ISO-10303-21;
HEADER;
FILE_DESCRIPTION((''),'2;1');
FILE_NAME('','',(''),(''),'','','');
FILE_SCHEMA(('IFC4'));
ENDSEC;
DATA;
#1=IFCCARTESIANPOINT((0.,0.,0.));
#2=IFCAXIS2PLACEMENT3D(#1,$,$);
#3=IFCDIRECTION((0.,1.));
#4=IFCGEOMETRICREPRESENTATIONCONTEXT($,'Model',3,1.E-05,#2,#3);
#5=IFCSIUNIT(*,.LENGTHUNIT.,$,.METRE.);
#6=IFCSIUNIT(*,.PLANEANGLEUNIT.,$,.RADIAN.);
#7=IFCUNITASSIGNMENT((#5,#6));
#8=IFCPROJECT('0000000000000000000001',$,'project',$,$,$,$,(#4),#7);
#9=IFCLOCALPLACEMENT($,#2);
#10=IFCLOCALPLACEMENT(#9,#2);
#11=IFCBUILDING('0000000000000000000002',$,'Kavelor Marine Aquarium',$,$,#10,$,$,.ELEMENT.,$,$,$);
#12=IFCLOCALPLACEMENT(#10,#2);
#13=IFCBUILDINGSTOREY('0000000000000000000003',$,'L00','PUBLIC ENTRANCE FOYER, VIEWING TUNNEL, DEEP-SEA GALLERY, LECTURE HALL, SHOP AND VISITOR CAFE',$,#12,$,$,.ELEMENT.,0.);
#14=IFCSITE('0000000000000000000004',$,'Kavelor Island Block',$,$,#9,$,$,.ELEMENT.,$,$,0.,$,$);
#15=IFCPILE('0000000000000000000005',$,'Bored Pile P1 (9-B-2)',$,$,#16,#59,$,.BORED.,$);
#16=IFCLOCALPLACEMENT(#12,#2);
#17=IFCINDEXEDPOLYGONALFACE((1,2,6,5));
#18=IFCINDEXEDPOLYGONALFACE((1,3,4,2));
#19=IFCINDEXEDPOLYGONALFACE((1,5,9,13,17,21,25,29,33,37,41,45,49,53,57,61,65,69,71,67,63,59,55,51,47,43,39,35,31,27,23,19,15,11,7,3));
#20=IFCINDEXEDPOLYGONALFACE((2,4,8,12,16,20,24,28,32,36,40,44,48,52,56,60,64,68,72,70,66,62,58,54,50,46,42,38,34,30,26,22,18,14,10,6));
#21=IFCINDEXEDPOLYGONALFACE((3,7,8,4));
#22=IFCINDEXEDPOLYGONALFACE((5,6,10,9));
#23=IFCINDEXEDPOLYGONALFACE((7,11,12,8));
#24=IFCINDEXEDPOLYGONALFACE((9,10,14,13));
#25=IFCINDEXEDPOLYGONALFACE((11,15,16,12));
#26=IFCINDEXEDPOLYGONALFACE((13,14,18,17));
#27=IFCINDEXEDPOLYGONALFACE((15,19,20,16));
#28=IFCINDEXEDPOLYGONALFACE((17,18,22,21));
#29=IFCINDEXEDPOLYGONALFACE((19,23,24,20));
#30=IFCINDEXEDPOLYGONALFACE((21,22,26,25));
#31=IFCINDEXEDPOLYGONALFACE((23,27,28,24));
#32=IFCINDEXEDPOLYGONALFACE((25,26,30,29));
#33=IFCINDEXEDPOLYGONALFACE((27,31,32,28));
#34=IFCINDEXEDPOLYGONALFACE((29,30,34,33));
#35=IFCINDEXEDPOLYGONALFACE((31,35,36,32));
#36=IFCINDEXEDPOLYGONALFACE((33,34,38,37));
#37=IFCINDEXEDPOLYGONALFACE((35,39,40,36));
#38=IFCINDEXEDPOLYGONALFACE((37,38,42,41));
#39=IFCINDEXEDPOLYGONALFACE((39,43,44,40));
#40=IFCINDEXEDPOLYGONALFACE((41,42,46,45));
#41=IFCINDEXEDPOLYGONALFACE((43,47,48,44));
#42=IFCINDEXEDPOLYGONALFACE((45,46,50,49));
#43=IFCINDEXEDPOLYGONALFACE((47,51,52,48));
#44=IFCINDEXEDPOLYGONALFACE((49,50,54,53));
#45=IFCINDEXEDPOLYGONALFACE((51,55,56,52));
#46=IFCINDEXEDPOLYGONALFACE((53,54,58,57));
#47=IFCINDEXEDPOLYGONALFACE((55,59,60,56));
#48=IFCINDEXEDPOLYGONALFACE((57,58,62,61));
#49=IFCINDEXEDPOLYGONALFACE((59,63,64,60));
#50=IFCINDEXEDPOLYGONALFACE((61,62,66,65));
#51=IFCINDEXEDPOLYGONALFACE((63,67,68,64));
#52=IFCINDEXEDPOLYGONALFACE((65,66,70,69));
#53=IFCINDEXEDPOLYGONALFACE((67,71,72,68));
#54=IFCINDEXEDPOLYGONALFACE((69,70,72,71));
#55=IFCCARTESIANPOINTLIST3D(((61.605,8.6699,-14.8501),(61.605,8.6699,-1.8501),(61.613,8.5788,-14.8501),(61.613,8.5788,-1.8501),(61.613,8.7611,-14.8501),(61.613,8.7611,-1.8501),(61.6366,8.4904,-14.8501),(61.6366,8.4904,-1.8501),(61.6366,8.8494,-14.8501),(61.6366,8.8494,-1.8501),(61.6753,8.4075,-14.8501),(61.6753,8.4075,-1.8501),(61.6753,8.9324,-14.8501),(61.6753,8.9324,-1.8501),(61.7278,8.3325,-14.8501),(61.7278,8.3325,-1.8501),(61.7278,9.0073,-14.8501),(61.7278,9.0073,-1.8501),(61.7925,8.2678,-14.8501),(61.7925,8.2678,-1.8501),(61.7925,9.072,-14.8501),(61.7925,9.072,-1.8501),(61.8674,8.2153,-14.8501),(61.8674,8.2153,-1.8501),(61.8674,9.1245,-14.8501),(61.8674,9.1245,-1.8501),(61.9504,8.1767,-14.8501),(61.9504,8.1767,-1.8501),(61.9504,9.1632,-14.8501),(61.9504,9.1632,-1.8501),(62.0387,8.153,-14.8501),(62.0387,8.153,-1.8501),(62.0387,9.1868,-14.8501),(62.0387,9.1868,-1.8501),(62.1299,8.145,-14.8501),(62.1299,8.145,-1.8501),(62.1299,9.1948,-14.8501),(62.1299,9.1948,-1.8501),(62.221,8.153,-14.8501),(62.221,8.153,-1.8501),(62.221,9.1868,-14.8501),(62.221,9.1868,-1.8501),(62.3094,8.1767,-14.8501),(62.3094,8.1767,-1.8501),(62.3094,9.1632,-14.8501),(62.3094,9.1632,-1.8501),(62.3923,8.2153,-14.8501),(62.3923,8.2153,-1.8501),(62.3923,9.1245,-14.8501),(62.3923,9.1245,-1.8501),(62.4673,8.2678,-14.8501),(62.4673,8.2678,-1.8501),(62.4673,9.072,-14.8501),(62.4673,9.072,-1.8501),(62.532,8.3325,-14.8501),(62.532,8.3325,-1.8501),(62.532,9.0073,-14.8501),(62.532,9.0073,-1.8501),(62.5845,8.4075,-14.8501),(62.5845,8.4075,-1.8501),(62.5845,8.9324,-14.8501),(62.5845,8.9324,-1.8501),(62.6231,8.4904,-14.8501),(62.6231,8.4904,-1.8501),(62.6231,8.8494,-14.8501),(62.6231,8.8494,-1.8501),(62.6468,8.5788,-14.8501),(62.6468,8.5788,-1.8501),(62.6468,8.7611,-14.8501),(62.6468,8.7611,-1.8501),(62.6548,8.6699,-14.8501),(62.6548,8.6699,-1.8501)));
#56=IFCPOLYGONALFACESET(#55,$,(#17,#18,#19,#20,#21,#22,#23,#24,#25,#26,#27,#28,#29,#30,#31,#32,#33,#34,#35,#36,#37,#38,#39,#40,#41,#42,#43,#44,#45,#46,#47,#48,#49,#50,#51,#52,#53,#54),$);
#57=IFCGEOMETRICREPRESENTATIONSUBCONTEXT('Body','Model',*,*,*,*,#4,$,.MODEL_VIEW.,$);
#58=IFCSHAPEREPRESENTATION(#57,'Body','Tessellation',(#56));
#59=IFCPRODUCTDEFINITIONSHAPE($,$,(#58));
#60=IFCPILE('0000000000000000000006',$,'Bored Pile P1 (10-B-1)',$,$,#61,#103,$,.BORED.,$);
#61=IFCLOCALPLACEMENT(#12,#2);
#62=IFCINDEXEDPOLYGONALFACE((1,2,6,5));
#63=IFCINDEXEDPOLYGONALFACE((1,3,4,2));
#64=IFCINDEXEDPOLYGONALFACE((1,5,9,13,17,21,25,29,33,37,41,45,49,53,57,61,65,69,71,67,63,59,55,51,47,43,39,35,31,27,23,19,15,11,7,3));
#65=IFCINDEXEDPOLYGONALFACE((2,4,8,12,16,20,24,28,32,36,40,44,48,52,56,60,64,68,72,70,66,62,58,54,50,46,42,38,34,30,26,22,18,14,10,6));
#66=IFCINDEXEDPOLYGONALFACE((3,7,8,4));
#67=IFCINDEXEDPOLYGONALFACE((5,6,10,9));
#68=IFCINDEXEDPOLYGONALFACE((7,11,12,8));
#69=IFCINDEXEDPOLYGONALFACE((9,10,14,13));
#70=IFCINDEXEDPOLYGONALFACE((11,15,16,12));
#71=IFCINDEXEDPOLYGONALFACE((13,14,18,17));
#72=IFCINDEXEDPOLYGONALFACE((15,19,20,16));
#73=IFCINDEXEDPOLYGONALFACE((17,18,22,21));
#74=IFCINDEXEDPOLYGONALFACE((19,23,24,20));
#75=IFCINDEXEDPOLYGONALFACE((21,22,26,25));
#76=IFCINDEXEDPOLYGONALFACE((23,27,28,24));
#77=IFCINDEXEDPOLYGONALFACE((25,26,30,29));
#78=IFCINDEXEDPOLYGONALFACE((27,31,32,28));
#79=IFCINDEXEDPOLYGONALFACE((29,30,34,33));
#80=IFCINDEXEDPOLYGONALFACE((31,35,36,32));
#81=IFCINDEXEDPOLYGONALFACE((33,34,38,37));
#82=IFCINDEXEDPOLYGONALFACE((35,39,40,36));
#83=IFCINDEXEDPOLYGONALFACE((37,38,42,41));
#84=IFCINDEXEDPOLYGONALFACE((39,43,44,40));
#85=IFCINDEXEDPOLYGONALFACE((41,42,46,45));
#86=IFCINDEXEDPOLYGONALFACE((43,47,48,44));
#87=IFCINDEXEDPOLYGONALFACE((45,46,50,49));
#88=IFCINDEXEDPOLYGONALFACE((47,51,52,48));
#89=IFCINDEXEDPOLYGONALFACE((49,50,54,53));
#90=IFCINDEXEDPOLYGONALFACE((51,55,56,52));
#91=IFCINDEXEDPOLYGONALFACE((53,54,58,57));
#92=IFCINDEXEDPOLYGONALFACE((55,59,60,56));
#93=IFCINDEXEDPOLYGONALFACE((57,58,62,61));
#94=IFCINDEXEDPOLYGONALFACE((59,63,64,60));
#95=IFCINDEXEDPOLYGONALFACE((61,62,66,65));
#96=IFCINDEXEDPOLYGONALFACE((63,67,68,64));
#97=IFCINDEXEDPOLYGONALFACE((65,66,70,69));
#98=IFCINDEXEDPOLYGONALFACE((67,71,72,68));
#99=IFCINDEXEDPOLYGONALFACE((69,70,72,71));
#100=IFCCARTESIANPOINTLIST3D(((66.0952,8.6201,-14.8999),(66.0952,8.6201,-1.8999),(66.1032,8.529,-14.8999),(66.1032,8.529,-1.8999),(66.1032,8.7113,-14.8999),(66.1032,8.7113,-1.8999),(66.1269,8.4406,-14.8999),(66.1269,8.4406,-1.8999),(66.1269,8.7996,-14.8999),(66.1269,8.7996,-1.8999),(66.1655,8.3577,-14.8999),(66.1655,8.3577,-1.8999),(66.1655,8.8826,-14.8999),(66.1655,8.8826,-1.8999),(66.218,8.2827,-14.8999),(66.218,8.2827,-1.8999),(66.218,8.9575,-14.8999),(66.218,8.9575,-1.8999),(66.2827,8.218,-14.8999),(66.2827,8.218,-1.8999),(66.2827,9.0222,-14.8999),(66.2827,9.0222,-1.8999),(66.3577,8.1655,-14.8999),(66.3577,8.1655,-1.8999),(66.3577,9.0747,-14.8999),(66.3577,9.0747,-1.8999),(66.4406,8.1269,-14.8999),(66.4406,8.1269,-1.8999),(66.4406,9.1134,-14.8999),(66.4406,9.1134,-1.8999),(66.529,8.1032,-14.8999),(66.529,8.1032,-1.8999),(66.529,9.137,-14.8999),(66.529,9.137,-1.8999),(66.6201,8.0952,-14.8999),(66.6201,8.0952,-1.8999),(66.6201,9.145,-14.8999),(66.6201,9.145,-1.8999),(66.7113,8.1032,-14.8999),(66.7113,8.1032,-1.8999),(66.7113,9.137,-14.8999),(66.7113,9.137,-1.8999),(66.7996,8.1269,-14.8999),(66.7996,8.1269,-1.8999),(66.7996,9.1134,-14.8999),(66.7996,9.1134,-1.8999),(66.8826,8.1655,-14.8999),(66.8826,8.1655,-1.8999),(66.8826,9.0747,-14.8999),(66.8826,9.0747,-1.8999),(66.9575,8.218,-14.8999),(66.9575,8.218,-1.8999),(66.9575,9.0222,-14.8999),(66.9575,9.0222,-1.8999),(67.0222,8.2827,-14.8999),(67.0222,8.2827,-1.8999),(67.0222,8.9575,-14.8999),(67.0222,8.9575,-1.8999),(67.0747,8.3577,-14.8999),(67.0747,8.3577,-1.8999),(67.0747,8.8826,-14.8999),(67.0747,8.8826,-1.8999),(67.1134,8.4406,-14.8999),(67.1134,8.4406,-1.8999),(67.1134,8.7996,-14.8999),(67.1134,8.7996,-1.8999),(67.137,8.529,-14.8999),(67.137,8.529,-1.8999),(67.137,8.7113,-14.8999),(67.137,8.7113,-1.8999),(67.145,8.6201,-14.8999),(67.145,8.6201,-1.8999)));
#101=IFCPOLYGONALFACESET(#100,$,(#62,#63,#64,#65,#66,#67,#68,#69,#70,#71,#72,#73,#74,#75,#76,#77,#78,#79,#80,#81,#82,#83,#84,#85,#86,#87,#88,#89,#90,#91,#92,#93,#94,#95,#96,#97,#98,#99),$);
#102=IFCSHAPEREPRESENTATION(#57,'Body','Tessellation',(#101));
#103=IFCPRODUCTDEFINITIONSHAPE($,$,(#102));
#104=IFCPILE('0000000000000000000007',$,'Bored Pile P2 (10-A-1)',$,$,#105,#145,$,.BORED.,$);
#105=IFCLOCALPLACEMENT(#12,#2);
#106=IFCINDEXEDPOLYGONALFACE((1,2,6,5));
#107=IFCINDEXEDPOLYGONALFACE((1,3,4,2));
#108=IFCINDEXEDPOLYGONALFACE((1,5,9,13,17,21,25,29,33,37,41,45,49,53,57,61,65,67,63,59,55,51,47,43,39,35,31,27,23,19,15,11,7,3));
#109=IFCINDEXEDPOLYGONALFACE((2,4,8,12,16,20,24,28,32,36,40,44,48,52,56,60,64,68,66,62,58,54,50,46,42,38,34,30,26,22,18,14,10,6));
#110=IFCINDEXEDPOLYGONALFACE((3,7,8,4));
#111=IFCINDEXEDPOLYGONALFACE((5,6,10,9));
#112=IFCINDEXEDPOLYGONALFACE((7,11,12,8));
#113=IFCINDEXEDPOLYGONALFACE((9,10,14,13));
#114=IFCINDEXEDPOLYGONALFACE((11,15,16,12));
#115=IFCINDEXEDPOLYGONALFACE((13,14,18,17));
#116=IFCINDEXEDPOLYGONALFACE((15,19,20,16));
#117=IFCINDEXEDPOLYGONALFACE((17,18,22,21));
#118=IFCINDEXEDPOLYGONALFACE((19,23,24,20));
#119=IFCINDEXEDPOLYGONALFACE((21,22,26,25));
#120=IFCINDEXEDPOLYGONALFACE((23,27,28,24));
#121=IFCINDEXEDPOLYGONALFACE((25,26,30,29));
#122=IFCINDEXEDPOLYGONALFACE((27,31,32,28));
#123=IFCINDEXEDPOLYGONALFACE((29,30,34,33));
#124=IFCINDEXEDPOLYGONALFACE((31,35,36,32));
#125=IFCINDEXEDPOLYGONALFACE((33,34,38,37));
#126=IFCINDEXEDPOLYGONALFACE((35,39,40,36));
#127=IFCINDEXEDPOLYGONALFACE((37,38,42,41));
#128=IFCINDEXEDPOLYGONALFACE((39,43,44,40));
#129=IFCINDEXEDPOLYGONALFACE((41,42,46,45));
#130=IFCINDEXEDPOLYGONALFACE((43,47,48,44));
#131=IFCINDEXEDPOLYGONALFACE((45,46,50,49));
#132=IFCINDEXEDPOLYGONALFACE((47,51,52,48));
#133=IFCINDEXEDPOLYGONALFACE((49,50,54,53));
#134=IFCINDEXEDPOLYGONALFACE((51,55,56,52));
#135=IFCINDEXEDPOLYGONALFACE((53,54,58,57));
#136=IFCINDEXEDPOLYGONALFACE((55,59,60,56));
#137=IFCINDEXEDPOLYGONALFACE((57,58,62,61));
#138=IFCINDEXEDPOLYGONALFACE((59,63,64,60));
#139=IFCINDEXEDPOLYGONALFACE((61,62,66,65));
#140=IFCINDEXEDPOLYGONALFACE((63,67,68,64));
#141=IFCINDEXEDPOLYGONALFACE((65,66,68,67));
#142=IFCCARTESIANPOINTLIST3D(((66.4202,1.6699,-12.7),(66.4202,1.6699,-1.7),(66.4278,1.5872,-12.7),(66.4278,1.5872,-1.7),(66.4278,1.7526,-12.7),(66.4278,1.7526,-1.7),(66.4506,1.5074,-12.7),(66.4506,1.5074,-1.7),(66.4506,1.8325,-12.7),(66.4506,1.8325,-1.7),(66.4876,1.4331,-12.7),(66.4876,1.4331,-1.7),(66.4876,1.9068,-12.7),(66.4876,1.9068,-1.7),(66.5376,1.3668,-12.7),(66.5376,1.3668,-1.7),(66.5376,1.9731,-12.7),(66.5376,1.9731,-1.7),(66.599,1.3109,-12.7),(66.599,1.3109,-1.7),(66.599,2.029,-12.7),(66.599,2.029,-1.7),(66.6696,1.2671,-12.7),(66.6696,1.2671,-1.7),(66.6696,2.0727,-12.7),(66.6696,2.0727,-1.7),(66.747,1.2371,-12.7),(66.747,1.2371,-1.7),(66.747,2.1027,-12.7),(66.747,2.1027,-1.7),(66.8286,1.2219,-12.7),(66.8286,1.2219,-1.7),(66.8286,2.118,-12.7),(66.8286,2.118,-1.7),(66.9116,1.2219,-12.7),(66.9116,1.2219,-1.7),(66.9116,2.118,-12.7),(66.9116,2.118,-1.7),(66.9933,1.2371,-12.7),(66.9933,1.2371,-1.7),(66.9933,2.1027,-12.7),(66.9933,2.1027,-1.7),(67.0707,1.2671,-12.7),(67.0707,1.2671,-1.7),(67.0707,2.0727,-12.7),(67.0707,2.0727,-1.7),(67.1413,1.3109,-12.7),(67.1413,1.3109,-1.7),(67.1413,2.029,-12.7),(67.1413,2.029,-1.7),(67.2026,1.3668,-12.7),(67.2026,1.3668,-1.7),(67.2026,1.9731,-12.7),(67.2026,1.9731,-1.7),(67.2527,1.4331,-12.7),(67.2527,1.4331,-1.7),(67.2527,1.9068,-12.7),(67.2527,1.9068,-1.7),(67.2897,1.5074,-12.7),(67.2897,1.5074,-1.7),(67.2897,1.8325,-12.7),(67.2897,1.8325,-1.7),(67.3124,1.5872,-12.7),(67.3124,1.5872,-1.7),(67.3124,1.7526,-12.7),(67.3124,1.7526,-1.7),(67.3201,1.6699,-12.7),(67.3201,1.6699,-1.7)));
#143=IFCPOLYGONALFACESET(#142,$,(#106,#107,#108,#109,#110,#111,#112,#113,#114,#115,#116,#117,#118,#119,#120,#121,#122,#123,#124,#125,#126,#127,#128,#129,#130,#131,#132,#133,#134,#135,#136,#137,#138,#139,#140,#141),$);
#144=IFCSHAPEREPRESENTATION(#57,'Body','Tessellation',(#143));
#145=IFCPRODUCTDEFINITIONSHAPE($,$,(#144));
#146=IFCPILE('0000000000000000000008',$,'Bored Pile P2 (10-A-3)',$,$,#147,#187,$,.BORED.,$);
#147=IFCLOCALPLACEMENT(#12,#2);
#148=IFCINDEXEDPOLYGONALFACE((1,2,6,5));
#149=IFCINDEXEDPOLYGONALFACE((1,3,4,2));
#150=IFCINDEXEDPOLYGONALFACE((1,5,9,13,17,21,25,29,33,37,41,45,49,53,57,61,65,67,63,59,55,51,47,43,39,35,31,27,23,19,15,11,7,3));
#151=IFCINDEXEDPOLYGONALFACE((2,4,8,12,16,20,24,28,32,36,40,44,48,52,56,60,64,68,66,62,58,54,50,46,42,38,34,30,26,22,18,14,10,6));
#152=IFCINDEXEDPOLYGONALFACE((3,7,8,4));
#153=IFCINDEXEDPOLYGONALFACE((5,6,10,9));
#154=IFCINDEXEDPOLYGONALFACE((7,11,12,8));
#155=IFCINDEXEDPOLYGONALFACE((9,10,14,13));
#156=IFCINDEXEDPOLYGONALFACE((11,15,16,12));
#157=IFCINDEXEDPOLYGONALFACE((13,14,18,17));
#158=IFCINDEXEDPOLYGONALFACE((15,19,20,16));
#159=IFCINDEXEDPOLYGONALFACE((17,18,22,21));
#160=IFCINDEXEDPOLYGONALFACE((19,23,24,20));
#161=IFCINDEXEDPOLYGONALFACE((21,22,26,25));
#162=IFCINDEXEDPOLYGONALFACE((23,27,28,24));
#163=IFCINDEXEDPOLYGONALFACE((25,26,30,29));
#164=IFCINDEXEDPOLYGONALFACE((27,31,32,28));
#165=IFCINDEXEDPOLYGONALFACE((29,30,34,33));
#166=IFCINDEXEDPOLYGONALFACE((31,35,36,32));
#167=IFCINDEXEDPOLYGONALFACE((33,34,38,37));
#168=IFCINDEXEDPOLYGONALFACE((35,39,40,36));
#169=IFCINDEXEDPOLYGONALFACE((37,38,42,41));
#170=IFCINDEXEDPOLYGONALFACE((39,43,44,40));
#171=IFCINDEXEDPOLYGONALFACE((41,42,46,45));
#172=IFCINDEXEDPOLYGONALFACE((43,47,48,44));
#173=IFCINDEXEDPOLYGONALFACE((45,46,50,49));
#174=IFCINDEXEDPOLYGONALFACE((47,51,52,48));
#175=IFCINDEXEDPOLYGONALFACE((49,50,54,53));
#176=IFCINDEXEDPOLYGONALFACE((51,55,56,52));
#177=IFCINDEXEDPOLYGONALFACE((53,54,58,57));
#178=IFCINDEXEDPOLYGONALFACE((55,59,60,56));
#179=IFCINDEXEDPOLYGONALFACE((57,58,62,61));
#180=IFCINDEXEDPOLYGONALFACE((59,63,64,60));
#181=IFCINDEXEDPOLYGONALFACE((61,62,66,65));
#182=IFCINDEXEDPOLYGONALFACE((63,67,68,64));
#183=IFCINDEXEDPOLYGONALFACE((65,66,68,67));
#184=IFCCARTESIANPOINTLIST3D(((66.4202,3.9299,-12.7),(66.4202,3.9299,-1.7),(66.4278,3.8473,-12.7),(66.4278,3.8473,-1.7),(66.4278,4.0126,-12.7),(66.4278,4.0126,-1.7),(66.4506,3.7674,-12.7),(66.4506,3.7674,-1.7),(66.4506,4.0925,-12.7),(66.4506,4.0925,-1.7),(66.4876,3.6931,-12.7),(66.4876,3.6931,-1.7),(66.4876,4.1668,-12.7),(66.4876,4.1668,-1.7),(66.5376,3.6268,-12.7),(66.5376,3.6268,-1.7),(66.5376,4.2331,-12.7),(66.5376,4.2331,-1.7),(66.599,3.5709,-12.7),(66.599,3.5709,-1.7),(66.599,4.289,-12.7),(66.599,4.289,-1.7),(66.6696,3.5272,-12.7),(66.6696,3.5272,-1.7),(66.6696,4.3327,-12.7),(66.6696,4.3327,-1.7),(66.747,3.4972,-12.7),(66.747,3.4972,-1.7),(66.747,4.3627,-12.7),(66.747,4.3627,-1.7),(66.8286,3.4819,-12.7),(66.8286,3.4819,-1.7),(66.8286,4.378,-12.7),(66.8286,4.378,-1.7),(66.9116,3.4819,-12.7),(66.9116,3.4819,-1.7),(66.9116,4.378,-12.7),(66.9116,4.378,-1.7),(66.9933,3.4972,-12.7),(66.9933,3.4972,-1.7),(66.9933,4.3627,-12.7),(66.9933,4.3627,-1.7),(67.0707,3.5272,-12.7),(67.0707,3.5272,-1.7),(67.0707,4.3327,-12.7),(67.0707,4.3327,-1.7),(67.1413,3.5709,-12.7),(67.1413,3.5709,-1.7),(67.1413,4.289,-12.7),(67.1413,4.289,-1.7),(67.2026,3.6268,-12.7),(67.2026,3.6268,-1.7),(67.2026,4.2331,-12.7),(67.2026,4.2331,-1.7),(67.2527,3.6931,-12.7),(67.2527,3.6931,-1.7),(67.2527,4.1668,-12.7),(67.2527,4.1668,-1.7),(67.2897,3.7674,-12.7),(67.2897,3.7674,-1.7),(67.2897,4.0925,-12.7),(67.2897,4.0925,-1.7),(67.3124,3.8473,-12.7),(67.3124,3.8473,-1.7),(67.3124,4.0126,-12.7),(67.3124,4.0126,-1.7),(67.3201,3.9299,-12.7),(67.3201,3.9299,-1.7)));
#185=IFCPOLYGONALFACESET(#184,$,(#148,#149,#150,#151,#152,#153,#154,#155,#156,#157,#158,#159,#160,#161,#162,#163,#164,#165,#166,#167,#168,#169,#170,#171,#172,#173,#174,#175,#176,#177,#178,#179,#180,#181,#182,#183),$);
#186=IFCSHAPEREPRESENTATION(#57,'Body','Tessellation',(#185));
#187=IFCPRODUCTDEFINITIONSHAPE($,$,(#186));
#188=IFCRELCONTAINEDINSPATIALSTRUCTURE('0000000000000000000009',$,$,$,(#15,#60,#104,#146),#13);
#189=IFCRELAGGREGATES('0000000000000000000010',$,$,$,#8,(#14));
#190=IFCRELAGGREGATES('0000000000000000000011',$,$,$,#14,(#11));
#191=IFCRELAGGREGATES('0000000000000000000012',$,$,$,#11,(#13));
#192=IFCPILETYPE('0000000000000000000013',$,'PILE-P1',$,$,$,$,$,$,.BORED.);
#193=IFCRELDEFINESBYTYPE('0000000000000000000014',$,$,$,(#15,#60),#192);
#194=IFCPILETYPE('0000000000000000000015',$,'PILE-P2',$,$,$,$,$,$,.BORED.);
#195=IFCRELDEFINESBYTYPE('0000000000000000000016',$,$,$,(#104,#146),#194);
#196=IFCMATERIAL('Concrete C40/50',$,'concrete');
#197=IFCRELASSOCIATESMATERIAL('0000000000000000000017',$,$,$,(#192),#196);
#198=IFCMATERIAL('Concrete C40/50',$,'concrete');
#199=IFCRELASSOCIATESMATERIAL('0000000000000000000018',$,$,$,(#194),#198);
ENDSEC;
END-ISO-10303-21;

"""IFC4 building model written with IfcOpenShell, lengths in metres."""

from ifc_helpers import new_model, si_unit, direction, frame, origin, origin_2d, place, context, subcontext, project, spatial, circle, extrude, material, material_profile, profile_set, type_object, element, save


model = new_model("IFC4")

# Units and contexts
model_context = context("Model", 3, precision=1e-05, world=origin(), true_north=direction((0.0, 1.0)))
body_context = subcontext(model_context, "Body", "Model", "MODEL_VIEW")
ifc_project = project(units=[si_unit("LENGTHUNIT", "METRE"), si_unit("PLANEANGLEUNIT", "RADIAN")], contexts=[model_context])

# Site, building, storey
site_placement = place(None, origin())
site = spatial("IfcSite", under=ifc_project, at=site_placement, Name="Kavelor Island Block", CompositionType="ELEMENT", RefElevation=0.0)
building_placement = place(site_placement, origin())
building = spatial("IfcBuilding", under=site, at=building_placement, Name="Kavelor Marine Aquarium", CompositionType="ELEMENT")
storey_placement = place(building_placement, origin())
storey = spatial("IfcBuildingStorey", under=building, at=storey_placement, Name="L00", Description="PUBLIC ENTRANCE FOYER, VIEWING TUNNEL, DEEP-SEA GALLERY, LECTURE HALL, SHOP AND VISITOR CAFE", CompositionType="ELEMENT", Elevation=0.0)

# Piles
ifc_material_1 = material(Name="Concrete C40/50", Category="concrete")
ifc_material_profile_1 = material_profile(ifc_material_1, circle(Radius=0.5249, at=origin_2d()), Name="PILE D1050")
ifc_profile_set_1 = profile_set([ifc_material_profile_1], Name="Concrete C40/50")
pile_type_1 = type_object("IfcPileType", Name="PILE-P1", PredefinedType="BORED", material=ifc_profile_set_1)
for number, where, z_axis, x_axis, name in (
    (1, (62.1299, 8.6699, -1.8501), (0.0, 0.0, -1.0), (1.0, 0.0, 0.0), "Bored Pile P1 (9-B-2)"),
    (2, (66.6201, 8.6201, -1.8999), (0.0, 0.0, -1.0), (1.0, 0.0, 0.0), "Bored Pile P1 (10-B-1)"),
):
    element("IfcPile", number, at=place(storey_placement, frame(where, z_axis=z_axis, x_axis=x_axis)), inside=storey, type_object=pile_type_1, Name=name, PredefinedType="BORED", context=body_context, shape_type="SweptSolid", body=[
        extrude(circle(Radius=0.5249, at=origin_2d()), origin(), (0.0, 0.0, 1.0), 13.0),
    ])
ifc_material_2 = material(Name="Concrete C40/50", Category="concrete")
ifc_material_profile_2 = material_profile(ifc_material_2, circle(Radius=0.45, at=origin_2d()), Name="PILE D900")
ifc_profile_set_2 = profile_set([ifc_material_profile_2], Name="Concrete C40/50")
pile_type_2 = type_object("IfcPileType", Name="PILE-P2", PredefinedType="BORED", material=ifc_profile_set_2)
for number, where, z_axis, x_axis, name in (
    (3, (66.8701, 1.6699, -1.7), (0.0, 0.0, -1.0), (1.0, 0.0, 0.0), "Bored Pile P2 (10-A-1)"),
    (4, (66.8701, 3.9299, -1.7), (0.0, 0.0, -1.0), (1.0, 0.0, 0.0), "Bored Pile P2 (10-A-3)"),
):
    element("IfcPile", number, at=place(storey_placement, frame(where, z_axis=z_axis, x_axis=x_axis)), inside=storey, type_object=pile_type_2, Name=name, PredefinedType="BORED", context=body_context, shape_type="SweptSolid", body=[
        extrude(circle(Radius=0.45, at=origin_2d()), origin(), (0.0, 0.0, 1.0), 11.0),
    ])

save(model, "model.ifc")
